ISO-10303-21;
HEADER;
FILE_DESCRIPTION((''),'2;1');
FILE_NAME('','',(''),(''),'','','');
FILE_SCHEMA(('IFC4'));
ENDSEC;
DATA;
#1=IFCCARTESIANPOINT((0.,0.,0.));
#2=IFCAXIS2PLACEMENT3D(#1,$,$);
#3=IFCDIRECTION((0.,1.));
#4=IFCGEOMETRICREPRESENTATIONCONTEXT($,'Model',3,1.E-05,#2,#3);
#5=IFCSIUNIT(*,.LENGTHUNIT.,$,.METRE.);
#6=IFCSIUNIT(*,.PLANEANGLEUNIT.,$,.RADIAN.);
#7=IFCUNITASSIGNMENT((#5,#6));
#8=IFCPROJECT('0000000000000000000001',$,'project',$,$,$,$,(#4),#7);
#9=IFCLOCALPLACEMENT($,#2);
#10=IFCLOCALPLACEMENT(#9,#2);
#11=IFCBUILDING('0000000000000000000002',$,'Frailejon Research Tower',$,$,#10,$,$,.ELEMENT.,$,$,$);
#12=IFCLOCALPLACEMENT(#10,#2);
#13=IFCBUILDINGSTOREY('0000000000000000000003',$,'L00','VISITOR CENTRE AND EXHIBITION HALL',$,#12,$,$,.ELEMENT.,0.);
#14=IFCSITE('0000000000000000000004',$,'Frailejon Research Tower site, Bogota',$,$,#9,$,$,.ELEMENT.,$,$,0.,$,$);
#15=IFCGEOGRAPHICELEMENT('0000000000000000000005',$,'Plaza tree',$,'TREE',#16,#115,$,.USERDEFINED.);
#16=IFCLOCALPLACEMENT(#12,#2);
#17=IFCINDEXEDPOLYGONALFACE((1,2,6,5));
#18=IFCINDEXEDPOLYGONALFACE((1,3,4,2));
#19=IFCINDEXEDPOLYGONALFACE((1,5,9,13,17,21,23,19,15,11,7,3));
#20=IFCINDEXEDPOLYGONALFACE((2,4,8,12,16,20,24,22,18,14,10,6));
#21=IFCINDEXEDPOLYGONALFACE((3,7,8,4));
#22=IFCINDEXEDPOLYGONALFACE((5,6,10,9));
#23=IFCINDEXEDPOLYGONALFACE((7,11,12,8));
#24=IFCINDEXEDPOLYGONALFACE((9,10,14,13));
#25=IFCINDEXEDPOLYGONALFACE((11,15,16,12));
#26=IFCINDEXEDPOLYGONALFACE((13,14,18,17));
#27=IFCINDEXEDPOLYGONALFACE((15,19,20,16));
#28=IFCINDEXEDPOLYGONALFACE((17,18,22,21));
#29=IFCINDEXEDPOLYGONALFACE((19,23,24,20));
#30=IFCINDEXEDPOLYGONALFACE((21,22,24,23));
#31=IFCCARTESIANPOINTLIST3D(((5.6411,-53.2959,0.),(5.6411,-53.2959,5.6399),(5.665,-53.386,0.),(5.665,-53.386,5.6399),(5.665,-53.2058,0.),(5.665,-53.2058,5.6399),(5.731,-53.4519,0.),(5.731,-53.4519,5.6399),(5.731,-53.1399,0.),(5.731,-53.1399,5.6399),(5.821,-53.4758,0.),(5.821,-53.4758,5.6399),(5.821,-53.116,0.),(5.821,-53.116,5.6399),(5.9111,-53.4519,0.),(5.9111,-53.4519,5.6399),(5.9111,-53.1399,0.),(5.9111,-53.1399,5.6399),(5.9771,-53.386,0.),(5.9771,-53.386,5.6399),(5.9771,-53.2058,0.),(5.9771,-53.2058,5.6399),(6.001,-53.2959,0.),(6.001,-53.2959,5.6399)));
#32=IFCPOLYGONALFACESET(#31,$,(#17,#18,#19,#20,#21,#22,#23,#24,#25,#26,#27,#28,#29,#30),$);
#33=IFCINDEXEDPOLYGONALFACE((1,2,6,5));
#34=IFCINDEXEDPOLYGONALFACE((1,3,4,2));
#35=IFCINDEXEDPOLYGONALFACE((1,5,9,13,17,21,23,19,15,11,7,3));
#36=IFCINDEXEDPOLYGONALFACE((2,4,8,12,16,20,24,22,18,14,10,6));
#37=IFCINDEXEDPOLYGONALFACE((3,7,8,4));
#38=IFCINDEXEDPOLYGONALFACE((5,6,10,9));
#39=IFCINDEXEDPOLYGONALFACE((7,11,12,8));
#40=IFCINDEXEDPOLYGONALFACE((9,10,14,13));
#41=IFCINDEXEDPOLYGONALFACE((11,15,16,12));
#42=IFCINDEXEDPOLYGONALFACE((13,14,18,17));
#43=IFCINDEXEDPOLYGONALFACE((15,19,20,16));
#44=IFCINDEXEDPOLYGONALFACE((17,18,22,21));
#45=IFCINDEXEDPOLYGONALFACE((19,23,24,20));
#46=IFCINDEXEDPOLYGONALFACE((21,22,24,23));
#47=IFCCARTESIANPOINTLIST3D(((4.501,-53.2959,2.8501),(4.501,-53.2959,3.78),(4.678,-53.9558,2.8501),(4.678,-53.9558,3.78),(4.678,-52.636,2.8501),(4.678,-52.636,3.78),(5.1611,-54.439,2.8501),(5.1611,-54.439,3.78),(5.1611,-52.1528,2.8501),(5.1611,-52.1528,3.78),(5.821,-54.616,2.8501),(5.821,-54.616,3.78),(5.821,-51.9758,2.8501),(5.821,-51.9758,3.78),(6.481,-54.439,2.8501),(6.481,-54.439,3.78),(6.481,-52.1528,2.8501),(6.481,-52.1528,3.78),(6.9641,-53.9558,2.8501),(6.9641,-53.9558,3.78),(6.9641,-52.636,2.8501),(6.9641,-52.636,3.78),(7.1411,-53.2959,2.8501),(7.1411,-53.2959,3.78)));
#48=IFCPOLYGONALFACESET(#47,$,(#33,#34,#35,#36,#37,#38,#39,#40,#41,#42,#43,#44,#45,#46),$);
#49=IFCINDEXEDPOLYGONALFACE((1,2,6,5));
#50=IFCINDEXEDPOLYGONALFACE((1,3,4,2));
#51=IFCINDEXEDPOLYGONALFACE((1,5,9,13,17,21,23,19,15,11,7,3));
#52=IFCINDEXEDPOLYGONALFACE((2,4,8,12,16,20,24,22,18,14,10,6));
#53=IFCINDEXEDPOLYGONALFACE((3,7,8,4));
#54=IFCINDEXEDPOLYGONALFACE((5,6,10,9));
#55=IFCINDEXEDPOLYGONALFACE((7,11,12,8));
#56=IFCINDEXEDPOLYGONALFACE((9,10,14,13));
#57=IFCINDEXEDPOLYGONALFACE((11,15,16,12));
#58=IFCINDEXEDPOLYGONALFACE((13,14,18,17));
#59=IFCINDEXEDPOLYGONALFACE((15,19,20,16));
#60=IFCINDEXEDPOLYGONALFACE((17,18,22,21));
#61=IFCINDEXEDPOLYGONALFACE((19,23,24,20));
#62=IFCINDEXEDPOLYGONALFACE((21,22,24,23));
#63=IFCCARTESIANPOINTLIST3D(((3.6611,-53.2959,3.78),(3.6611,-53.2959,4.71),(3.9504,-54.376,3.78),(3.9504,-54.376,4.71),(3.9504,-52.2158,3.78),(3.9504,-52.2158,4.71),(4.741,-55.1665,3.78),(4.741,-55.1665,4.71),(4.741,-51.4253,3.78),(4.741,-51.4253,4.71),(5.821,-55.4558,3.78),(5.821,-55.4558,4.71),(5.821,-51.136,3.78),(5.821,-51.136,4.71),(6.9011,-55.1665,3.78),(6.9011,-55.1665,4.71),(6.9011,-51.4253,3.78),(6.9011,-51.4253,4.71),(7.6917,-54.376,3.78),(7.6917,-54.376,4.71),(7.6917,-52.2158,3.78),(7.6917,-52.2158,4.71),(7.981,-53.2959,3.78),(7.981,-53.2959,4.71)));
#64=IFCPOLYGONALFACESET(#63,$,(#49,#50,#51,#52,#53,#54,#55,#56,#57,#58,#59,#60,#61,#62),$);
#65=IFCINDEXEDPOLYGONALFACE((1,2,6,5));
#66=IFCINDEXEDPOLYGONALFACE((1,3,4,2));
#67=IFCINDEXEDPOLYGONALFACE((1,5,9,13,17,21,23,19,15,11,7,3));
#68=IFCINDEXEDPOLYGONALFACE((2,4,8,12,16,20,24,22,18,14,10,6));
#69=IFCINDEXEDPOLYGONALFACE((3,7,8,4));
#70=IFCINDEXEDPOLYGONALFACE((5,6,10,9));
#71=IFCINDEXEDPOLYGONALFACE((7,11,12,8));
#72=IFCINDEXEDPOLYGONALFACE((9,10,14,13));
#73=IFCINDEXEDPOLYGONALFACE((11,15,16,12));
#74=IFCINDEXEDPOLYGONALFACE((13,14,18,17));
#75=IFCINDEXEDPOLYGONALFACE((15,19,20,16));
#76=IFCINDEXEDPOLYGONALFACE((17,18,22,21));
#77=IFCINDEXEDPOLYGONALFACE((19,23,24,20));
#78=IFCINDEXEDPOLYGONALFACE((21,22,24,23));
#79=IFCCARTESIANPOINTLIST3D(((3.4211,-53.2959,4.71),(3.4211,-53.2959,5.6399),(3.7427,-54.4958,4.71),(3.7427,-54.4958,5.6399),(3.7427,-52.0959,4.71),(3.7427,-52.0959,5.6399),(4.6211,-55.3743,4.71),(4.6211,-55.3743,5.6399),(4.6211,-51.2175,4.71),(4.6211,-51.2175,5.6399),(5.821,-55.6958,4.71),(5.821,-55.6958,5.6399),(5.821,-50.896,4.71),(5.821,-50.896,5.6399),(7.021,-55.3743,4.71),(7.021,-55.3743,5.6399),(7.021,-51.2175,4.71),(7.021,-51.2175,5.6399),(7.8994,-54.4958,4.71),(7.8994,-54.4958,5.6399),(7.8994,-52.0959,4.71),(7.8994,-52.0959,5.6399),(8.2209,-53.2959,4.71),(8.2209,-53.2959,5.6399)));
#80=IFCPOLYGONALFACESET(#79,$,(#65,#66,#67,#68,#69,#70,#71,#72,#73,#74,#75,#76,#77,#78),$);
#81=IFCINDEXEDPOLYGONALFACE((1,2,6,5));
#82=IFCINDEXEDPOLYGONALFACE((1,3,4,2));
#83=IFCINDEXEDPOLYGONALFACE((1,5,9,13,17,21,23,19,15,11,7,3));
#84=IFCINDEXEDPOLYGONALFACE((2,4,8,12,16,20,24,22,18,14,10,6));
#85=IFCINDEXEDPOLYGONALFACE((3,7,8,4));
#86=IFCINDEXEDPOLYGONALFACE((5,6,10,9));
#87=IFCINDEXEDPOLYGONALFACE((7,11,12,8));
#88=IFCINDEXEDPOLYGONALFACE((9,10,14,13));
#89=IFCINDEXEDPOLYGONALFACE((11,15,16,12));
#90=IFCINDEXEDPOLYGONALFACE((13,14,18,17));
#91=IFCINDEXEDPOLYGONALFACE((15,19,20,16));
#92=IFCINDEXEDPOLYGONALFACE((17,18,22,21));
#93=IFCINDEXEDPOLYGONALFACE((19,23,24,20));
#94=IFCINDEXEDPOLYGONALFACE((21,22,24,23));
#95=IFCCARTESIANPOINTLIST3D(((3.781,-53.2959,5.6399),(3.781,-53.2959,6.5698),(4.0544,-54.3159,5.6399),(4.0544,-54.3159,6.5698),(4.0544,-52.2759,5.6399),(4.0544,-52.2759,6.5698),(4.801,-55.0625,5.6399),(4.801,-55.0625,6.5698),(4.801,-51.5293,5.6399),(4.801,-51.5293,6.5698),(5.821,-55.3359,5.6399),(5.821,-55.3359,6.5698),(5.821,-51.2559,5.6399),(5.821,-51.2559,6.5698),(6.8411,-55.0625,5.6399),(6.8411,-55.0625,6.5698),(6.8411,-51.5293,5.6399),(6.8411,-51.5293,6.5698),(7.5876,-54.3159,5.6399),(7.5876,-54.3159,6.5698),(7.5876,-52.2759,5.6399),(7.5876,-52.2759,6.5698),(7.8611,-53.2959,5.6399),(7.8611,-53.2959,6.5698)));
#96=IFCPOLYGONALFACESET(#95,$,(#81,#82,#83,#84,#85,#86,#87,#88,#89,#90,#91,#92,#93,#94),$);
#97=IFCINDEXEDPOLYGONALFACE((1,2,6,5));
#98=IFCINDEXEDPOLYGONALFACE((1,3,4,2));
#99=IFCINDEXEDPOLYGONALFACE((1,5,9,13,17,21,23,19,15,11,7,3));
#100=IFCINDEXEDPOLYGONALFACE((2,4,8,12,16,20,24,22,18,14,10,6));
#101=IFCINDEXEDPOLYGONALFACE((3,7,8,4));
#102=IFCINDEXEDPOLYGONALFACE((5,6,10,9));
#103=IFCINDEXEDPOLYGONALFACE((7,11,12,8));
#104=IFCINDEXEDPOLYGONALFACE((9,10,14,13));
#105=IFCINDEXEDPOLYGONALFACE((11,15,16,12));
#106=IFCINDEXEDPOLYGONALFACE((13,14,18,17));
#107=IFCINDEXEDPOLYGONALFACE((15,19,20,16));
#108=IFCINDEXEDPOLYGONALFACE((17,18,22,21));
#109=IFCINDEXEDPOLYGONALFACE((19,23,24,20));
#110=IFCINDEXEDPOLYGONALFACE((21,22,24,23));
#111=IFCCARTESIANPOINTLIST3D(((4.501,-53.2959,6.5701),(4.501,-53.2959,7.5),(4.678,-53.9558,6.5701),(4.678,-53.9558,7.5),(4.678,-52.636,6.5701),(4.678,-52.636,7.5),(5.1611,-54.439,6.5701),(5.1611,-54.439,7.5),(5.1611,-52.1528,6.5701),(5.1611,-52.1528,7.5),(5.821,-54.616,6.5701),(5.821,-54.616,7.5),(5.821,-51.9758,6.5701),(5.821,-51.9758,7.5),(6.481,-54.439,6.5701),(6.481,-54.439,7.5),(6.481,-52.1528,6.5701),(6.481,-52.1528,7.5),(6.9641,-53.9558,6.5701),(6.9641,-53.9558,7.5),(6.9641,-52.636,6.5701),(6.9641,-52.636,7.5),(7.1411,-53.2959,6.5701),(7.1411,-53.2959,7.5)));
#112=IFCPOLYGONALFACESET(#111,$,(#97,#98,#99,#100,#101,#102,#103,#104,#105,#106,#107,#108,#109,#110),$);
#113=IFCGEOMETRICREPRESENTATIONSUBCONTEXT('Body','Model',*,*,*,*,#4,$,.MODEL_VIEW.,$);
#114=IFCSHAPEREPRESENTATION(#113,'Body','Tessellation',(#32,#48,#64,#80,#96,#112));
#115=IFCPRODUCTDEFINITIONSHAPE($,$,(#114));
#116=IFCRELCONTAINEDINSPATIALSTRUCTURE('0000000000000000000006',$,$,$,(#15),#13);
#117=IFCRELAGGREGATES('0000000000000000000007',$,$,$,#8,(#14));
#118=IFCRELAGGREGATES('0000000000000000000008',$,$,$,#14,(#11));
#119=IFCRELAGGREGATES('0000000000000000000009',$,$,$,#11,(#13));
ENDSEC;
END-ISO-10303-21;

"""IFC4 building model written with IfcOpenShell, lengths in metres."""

from ifc_helpers import new_model, si_unit, direction, frame, origin, place, context, subcontext, project, spatial, polyline, outline, extrude, element, save


model = new_model("IFC4")

# Units and contexts
model_context = context("Model", 3, precision=1e-05, world=origin(), true_north=direction((0.0, 1.0)))
body_context = subcontext(model_context, "Body", "Model", "MODEL_VIEW")
ifc_project = project(units=[si_unit("LENGTHUNIT", "METRE"), si_unit("PLANEANGLEUNIT", "RADIAN")], contexts=[model_context])

# Site, building, storey
site_placement = place(None, origin())
site = spatial("IfcSite", under=ifc_project, at=site_placement, Name="Frailejon Research Tower site, Bogota", CompositionType="ELEMENT", RefElevation=0.0)
building_placement = place(site_placement, origin())
building = spatial("IfcBuilding", under=site, at=building_placement, Name="Frailejon Research Tower", CompositionType="ELEMENT")
storey_placement = place(building_placement, origin())
storey = spatial("IfcBuildingStorey", under=building, at=storey_placement, Name="L00", Description="VISITOR CENTRE AND EXHIBITION HALL", CompositionType="ELEMENT", Elevation=0.0)

# Geographic element
geographic_element_1_placement = place(storey_placement, frame((5.821, -53.2959, 0.0)))
element("IfcGeographicElement", 1, at=geographic_element_1_placement, inside=storey, Name="Plaza tree", ObjectType="TREE", PredefinedType="USERDEFINED", context=body_context, shape_type="SweptSolid", body=[
    extrude(outline(polyline([(0.1799, 0.0), (0.156, 0.0901), (0.0901, 0.156), (0.0, 0.1799), (-0.0901, 0.156), (-0.156, 0.0901), (-0.1799, 0.0), (-0.156, -0.0901), (-0.0901, -0.156), (0.0, -0.1799), (0.0901, -0.156), (0.156, -0.0901), (0.1799, 0.0)])), origin(), (0.0, 0.0, 1.0), 5.6399),
    extrude(outline(polyline([(1.3201, 0.0), (1.1431, 0.6599), (0.6599, 1.1431), (0.0, 1.3201), (-0.6599, 1.1431), (-1.1431, 0.6599), (-1.3201, 0.0), (-1.1431, -0.6599), (-0.6599, -1.1431), (0.0, -1.3201), (0.6599, -1.1431), (1.1431, -0.6599), (1.3201, 0.0)])), frame((0.0, 0.0, 2.8501)), (0.0, 0.0, 1.0), 0.9299),
    extrude(outline(polyline([(2.1599, 0.0), (1.8706, 1.0801), (1.0801, 1.8706), (0.0, 2.1599), (-1.0801, 1.8706), (-1.8706, 1.0801), (-2.1599, 0.0), (-1.8706, -1.0801), (-1.0801, -1.8706), (0.0, -2.1599), (1.0801, -1.8706), (1.8706, -1.0801), (2.1599, 0.0)])), frame((0.0, 0.0, 3.78)), (0.0, 0.0, 1.0), 0.9299),
    extrude(outline(polyline([(2.3999, 0.0), (2.0784, 1.2), (1.2, 2.0784), (0.0, 2.3999), (-1.2, 2.0784), (-2.0784, 1.2), (-2.3999, 0.0), (-2.0784, -1.2), (-1.2, -2.0784), (0.0, -2.3999), (1.2, -2.0784), (2.0784, -1.2), (2.3999, 0.0)])), frame((0.0, 0.0, 4.71)), (0.0, 0.0, 1.0), 0.9299),
    extrude(outline(polyline([(2.04, 0.0), (1.7666, 1.02), (1.02, 1.7666), (0.0, 2.04), (-1.02, 1.7666), (-1.7666, 1.02), (-2.04, 0.0), (-1.7666, -1.02), (-1.02, -1.7666), (0.0, -2.04), (1.02, -1.7666), (1.7666, -1.02), (2.04, 0.0)])), frame((0.0, 0.0, 5.6399)), (0.0, 0.0, 1.0), 0.9299),
    extrude(outline(polyline([(1.3201, 0.0), (1.1431, 0.6599), (0.6599, 1.1431), (0.0, 1.3201), (-0.6599, 1.1431), (-1.1431, 0.6599), (-1.3201, 0.0), (-1.1431, -0.6599), (-0.6599, -1.1431), (0.0, -1.3201), (0.6599, -1.1431), (1.1431, -0.6599), (1.3201, 0.0)])), frame((0.0, 0.0, 6.5701)), (0.0, 0.0, 1.0), 0.9299),
])

save(model, "model.ifc")
